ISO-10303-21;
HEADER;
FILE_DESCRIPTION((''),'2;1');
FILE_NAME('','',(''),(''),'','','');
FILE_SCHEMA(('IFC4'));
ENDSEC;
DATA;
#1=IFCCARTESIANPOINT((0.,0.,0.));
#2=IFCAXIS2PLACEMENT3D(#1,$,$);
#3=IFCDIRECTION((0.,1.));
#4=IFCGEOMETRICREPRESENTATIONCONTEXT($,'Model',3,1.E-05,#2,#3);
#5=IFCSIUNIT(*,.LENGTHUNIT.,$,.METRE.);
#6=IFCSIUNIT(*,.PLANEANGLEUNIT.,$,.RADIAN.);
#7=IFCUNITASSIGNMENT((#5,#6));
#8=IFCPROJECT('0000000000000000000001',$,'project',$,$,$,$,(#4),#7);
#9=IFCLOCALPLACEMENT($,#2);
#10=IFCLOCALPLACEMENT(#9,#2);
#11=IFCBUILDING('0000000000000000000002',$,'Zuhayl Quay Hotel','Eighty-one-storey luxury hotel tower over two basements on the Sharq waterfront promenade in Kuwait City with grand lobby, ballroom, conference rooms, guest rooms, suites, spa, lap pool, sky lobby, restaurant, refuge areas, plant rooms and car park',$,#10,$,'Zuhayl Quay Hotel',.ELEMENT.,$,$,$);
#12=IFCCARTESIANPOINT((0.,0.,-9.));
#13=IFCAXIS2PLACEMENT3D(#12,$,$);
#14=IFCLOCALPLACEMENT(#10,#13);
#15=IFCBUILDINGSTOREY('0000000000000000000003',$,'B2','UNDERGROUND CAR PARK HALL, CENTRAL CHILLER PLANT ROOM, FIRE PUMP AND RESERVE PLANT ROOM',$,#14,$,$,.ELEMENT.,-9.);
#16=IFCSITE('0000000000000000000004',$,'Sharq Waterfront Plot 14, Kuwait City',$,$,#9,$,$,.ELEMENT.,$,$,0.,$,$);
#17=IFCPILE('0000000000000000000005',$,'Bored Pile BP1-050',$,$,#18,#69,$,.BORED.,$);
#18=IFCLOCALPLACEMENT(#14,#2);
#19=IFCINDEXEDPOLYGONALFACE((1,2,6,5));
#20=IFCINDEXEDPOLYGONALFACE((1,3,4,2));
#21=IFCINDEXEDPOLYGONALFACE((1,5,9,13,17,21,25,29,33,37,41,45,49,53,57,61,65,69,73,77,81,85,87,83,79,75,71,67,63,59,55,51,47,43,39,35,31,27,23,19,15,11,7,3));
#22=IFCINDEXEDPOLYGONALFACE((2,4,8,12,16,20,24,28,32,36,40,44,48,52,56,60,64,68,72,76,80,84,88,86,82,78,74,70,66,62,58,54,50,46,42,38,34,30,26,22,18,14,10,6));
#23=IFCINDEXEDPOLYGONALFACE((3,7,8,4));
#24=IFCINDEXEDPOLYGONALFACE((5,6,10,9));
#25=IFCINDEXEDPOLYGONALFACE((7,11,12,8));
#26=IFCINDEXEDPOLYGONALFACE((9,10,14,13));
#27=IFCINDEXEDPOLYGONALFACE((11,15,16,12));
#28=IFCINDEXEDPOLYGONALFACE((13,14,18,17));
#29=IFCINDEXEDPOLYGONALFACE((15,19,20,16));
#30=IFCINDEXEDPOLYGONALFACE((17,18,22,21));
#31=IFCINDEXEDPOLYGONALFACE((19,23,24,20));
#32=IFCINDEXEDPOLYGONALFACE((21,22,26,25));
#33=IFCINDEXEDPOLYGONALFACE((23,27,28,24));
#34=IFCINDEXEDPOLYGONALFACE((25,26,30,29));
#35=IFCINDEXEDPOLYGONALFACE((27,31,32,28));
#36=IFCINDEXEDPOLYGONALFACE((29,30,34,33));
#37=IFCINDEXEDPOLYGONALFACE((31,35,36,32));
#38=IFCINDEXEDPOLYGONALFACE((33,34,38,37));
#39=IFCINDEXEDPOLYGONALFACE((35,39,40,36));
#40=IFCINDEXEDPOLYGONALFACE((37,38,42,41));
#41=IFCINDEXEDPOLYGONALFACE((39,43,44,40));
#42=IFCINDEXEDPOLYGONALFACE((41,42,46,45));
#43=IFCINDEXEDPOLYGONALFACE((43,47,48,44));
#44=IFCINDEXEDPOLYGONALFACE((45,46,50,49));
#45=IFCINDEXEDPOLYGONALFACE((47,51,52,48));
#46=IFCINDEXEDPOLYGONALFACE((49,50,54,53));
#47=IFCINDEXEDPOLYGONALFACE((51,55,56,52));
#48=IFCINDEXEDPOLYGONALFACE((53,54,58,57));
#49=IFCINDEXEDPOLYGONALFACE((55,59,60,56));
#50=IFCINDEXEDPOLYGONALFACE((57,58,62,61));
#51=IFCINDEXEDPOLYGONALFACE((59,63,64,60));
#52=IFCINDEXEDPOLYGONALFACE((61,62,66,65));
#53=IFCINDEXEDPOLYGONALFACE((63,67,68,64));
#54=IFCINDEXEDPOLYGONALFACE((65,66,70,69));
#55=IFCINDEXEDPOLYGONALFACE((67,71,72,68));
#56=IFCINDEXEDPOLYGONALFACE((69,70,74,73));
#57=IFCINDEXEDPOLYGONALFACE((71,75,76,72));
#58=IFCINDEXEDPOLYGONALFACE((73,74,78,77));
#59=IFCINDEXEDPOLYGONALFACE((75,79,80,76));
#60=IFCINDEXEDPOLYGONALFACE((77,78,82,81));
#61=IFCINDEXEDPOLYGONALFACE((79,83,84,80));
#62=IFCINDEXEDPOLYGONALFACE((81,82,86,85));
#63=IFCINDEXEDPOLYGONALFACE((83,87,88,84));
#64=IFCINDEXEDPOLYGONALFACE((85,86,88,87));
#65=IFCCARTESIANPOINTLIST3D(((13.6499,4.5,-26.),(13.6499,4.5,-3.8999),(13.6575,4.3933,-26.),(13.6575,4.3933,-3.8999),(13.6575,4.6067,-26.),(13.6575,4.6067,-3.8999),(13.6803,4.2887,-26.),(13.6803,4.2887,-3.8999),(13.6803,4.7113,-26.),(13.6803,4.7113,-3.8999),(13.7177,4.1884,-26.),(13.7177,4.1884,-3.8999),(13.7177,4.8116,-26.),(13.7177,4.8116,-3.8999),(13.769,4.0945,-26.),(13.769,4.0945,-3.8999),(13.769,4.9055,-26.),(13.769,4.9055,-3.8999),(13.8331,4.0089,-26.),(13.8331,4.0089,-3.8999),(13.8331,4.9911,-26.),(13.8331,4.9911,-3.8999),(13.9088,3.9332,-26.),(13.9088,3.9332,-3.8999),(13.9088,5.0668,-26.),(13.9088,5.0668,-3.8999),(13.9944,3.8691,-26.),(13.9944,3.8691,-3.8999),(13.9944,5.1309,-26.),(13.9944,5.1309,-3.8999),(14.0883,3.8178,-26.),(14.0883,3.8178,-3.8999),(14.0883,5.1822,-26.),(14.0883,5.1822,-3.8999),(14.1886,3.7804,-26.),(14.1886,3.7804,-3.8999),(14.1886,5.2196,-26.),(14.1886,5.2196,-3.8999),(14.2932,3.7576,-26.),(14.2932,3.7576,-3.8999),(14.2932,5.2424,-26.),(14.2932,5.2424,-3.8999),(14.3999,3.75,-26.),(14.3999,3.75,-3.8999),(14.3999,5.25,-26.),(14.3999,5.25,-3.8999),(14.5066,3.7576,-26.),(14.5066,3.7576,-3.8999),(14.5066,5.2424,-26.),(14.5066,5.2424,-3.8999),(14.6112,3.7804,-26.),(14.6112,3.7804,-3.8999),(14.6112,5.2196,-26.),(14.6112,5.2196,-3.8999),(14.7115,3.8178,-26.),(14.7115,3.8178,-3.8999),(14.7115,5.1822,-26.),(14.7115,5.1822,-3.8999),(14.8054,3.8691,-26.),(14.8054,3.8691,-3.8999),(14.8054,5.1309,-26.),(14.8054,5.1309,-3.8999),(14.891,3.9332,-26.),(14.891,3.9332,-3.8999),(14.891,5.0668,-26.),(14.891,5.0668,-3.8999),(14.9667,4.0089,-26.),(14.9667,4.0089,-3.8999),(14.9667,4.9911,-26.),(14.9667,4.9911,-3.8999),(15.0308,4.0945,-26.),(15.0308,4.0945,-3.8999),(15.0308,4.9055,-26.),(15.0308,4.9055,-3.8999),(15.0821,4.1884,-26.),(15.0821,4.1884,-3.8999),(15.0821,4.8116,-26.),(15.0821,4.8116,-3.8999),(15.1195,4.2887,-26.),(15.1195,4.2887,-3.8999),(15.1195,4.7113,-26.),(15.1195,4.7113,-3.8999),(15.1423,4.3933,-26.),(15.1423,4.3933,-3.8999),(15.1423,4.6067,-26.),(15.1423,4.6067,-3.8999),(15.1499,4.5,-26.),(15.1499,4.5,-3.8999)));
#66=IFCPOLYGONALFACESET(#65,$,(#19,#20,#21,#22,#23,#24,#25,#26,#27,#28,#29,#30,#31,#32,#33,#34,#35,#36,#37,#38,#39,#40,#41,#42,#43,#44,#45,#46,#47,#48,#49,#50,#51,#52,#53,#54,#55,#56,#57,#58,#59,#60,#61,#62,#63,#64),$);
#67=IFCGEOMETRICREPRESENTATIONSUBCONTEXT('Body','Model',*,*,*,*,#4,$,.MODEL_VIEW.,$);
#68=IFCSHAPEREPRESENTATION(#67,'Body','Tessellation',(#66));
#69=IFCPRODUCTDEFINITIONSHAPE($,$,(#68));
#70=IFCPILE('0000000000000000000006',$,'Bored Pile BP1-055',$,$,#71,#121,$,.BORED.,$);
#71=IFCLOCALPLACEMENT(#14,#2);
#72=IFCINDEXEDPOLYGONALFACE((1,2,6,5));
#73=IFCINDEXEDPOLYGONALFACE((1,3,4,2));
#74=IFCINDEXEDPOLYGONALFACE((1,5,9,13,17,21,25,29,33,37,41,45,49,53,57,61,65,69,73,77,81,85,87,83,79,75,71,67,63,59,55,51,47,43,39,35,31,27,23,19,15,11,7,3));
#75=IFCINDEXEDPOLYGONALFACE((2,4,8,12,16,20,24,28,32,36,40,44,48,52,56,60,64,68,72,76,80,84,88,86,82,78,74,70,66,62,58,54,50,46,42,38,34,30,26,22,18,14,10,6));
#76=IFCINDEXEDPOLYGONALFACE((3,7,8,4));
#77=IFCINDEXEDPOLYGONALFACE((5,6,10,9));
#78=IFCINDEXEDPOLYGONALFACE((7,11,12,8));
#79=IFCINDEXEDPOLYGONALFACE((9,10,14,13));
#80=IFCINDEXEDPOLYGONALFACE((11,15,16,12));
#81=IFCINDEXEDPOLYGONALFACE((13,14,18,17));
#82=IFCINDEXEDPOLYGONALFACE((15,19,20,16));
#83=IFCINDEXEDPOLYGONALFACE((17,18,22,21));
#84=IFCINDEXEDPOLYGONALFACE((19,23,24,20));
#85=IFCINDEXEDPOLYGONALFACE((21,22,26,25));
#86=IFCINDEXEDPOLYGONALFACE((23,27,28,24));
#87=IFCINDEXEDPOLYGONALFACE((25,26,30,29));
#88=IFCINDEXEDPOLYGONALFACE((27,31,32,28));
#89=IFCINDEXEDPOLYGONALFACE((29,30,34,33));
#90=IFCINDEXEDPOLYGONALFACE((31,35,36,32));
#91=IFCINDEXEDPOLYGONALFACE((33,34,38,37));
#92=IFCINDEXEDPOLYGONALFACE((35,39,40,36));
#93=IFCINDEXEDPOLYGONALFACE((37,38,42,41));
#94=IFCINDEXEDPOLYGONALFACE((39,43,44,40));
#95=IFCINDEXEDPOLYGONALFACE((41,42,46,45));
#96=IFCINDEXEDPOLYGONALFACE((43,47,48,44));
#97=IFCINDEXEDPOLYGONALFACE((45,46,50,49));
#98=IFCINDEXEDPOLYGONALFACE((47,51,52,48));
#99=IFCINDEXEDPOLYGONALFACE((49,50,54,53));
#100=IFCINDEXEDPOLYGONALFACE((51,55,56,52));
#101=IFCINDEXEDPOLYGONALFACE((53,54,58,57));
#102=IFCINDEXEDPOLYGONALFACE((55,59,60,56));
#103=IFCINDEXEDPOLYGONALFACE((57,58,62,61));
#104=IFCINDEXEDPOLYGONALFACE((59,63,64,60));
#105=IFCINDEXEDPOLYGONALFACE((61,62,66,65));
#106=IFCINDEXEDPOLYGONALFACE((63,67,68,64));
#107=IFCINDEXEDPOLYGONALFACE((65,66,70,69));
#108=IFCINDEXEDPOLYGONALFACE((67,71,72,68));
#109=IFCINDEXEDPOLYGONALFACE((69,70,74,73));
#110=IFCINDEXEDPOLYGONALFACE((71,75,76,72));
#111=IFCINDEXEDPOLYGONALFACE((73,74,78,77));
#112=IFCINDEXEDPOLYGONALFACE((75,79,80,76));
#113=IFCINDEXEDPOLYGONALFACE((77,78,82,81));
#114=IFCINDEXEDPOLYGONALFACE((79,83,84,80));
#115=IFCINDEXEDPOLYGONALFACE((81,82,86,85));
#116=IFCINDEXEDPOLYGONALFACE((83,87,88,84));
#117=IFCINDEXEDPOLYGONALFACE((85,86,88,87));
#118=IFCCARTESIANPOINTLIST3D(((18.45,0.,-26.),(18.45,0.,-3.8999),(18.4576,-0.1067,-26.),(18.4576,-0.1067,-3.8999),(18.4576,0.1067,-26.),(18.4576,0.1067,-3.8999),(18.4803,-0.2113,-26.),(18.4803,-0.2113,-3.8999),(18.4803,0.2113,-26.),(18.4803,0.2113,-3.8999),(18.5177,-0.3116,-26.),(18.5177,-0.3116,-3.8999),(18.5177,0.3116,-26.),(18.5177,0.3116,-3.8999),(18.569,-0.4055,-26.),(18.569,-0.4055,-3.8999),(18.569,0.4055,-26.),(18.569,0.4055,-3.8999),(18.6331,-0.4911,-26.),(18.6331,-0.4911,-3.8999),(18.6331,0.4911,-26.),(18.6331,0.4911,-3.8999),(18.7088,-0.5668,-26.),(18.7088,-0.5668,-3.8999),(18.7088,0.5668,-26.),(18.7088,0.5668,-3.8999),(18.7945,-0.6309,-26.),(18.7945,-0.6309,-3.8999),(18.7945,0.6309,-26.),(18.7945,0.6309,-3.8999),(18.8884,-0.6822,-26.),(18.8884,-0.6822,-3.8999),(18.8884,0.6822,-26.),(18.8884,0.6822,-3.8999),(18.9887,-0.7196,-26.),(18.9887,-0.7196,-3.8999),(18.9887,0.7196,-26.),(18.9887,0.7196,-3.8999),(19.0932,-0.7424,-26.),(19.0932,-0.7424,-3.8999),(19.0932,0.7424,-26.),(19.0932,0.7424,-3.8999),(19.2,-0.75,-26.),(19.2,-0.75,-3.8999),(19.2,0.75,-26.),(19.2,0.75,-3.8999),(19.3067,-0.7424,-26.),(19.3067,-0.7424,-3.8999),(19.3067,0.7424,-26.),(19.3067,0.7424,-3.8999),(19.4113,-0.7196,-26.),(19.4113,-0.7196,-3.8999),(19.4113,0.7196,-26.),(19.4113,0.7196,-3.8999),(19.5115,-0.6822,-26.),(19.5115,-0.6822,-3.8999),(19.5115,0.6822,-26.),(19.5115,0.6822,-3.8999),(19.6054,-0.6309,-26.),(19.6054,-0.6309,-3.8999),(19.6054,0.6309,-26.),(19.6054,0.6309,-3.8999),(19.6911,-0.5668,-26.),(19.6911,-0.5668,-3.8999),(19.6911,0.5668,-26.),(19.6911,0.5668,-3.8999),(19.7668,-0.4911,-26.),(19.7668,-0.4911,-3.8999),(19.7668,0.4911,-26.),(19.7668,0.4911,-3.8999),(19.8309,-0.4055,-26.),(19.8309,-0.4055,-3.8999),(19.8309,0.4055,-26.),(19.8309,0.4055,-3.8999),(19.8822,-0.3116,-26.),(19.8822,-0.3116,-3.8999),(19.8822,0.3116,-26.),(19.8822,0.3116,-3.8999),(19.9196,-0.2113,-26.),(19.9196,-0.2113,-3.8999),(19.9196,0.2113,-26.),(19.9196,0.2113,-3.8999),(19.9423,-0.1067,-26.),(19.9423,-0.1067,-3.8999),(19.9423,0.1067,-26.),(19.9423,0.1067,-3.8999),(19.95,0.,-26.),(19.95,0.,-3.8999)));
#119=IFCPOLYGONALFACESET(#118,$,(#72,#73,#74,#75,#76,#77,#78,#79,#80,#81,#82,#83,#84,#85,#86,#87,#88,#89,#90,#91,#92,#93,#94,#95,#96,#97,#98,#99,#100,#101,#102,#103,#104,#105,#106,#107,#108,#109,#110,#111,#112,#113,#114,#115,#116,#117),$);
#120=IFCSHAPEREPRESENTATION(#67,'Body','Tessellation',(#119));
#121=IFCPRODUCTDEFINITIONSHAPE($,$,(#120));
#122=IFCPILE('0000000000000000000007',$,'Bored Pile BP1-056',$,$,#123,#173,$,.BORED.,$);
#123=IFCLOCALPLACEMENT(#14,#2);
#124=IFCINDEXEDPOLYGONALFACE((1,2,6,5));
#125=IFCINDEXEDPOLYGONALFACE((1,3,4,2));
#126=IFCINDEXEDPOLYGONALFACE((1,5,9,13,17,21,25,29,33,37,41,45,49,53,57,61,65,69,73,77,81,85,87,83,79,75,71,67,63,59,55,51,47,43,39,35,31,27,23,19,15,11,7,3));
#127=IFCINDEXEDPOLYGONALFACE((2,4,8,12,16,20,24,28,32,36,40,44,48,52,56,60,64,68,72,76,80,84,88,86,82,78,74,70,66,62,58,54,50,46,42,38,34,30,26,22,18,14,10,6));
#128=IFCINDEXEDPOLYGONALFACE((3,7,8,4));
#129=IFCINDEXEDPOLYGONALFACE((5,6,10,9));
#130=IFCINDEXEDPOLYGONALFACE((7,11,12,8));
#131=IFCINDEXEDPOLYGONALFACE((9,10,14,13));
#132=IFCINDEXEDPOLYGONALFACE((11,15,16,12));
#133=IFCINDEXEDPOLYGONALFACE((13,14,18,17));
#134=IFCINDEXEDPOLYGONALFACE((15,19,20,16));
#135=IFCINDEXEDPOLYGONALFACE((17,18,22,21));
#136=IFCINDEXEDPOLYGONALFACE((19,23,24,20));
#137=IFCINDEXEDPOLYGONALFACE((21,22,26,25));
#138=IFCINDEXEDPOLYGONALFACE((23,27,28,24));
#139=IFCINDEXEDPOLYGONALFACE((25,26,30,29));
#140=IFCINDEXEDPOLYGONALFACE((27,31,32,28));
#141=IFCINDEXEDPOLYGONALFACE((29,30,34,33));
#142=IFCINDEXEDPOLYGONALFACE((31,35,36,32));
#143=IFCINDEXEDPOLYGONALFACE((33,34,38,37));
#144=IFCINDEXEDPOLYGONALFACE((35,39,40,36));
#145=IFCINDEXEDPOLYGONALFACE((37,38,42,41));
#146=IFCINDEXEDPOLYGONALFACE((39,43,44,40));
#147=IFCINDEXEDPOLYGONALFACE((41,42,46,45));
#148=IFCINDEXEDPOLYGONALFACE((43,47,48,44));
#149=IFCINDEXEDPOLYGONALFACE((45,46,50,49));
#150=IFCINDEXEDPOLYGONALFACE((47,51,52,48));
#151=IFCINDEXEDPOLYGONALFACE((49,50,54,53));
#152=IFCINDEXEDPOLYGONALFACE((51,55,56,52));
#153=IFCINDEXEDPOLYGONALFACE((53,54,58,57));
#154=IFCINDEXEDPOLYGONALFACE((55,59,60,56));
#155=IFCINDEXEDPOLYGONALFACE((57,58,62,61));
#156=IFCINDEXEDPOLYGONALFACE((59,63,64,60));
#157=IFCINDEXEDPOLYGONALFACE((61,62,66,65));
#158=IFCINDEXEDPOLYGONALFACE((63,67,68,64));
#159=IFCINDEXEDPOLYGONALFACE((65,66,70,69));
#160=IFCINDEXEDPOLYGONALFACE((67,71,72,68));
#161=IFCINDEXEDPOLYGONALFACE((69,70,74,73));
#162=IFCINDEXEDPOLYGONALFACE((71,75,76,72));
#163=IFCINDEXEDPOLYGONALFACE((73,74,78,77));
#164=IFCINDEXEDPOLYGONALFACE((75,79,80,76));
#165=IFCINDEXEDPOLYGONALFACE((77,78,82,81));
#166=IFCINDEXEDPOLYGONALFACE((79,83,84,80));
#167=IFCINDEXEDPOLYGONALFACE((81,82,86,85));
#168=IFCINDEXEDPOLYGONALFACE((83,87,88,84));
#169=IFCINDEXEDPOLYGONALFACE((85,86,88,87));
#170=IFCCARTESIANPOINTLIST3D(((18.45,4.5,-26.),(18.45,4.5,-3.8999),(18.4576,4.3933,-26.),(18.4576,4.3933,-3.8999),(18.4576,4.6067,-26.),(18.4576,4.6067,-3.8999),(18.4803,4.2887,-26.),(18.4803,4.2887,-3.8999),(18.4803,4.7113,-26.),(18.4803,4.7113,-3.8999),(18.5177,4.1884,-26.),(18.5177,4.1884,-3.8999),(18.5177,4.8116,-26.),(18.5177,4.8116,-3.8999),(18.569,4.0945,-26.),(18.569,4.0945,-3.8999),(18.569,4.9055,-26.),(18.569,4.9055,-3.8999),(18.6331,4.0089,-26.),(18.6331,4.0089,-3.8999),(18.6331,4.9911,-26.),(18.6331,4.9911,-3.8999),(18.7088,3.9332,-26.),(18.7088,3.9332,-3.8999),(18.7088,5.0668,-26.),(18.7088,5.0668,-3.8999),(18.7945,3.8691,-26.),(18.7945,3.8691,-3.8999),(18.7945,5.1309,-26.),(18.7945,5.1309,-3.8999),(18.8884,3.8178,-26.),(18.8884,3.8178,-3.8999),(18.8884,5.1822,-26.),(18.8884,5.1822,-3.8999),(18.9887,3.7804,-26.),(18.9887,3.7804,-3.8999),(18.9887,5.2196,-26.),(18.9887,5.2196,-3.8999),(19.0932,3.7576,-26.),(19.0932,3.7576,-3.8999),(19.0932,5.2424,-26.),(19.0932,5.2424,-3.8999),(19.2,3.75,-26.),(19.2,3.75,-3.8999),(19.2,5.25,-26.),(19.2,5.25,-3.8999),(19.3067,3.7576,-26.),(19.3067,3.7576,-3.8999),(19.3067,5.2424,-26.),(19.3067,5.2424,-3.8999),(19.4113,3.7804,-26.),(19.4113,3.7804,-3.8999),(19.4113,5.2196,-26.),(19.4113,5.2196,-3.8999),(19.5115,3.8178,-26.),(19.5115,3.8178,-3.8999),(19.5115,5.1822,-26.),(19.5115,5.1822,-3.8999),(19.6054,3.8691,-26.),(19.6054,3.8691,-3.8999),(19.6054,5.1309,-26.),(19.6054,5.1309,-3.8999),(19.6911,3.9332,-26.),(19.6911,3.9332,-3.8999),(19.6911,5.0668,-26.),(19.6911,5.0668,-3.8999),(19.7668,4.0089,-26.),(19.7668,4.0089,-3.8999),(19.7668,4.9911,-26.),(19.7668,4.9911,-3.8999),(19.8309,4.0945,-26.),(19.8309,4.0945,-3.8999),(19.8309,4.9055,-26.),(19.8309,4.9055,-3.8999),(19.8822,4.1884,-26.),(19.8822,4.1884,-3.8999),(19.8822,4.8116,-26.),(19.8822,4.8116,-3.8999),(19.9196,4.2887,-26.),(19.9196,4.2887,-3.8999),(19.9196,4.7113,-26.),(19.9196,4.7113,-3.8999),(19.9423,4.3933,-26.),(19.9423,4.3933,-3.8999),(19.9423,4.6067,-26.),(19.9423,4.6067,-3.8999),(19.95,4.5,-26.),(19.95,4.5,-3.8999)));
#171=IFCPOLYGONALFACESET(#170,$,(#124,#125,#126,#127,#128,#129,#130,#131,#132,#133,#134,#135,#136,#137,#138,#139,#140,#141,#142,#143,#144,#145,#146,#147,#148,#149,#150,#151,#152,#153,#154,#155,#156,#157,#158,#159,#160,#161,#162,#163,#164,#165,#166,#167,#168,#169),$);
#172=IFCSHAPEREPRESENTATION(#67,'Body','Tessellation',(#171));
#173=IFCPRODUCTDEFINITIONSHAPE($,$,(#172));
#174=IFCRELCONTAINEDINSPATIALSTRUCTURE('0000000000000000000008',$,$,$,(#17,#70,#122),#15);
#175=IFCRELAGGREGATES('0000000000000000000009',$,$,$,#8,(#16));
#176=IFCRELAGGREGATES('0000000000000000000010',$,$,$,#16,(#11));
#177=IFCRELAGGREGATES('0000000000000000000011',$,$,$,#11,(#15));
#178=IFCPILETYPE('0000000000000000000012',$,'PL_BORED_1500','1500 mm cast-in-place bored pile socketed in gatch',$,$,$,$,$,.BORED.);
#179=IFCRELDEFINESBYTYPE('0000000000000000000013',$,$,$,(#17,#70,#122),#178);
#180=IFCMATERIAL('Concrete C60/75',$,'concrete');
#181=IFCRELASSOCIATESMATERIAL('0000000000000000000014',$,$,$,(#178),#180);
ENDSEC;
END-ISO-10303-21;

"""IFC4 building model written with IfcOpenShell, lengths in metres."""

from ifc_helpers import new_model, si_unit, direction, frame, origin, origin_2d, place, context, subcontext, project, spatial, circle, extrude, material, material_profile, profile_set, type_object, element, save


model = new_model("IFC4")

# Units and contexts
model_context = context("Model", 3, precision=1e-05, world=origin(), true_north=direction((0.0, 1.0)))
body_context = subcontext(model_context, "Body", "Model", "MODEL_VIEW")
ifc_project = project(units=[si_unit("LENGTHUNIT", "METRE"), si_unit("PLANEANGLEUNIT", "RADIAN")], contexts=[model_context])

# Site, building, storey
site_placement = place(None, origin())
site = spatial("IfcSite", under=ifc_project, at=site_placement, Name="Sharq Waterfront Plot 14, Kuwait City", CompositionType="ELEMENT", RefElevation=0.0)
building_placement = place(site_placement, origin())
building = spatial("IfcBuilding", under=site, at=building_placement, Name="Zuhayl Quay Hotel", Description="Eighty-one-storey luxury hotel tower over two basements on the Sharq waterfront promenade in Kuwait City with grand lobby, ballroom, conference rooms, guest rooms, suites, spa, lap pool, sky lobby, restaurant, refuge areas, plant rooms and car park", LongName="Zuhayl Quay Hotel", CompositionType="ELEMENT")
storey_placement = place(building_placement, frame((0.0, 0.0, -9.0)))
storey = spatial("IfcBuildingStorey", under=building, at=storey_placement, Name="B2", Description="UNDERGROUND CAR PARK HALL, CENTRAL CHILLER PLANT ROOM, FIRE PUMP AND RESERVE PLANT ROOM", CompositionType="ELEMENT", Elevation=-9.0)

# Piles
ifc_material_1 = material(Name="Concrete C60/75", Category="concrete")
ifc_material_profile_1 = material_profile(ifc_material_1, circle(Radius=0.75, at=origin_2d()), Name="PILE1500")
ifc_profile_set_1 = profile_set([ifc_material_profile_1], Name="Concrete C60/75")
pile_type_1 = type_object("IfcPileType", Name="PL_BORED_1500", Description="1500 mm cast-in-place bored pile socketed in gatch", PredefinedType="BORED", material=ifc_profile_set_1)
for number, where, z_axis, x_axis, name in (
    (1, (14.3999, 4.5, -3.8999), (0.0, 0.0, -1.0), (1.0, 0.0, 0.0), "Bored Pile BP1-050"),
    (2, (19.2, 0.0, -3.8999), (0.0, 0.0, -1.0), (1.0, 0.0, 0.0), "Bored Pile BP1-055"),
    (3, (19.2, 4.5, -3.8999), (0.0, 0.0, -1.0), (1.0, 0.0, 0.0), "Bored Pile BP1-056"),
):
    element("IfcPile", number, at=place(storey_placement, frame(where, z_axis=z_axis, x_axis=x_axis)), inside=storey, type_object=pile_type_1, Name=name, PredefinedType="BORED", context=body_context, shape_type="SweptSolid", body=[
        extrude(circle(Radius=0.75, at=origin_2d()), origin(), (0.0, 0.0, 1.0), 22.1001),
    ])

save(model, "model.ifc")
